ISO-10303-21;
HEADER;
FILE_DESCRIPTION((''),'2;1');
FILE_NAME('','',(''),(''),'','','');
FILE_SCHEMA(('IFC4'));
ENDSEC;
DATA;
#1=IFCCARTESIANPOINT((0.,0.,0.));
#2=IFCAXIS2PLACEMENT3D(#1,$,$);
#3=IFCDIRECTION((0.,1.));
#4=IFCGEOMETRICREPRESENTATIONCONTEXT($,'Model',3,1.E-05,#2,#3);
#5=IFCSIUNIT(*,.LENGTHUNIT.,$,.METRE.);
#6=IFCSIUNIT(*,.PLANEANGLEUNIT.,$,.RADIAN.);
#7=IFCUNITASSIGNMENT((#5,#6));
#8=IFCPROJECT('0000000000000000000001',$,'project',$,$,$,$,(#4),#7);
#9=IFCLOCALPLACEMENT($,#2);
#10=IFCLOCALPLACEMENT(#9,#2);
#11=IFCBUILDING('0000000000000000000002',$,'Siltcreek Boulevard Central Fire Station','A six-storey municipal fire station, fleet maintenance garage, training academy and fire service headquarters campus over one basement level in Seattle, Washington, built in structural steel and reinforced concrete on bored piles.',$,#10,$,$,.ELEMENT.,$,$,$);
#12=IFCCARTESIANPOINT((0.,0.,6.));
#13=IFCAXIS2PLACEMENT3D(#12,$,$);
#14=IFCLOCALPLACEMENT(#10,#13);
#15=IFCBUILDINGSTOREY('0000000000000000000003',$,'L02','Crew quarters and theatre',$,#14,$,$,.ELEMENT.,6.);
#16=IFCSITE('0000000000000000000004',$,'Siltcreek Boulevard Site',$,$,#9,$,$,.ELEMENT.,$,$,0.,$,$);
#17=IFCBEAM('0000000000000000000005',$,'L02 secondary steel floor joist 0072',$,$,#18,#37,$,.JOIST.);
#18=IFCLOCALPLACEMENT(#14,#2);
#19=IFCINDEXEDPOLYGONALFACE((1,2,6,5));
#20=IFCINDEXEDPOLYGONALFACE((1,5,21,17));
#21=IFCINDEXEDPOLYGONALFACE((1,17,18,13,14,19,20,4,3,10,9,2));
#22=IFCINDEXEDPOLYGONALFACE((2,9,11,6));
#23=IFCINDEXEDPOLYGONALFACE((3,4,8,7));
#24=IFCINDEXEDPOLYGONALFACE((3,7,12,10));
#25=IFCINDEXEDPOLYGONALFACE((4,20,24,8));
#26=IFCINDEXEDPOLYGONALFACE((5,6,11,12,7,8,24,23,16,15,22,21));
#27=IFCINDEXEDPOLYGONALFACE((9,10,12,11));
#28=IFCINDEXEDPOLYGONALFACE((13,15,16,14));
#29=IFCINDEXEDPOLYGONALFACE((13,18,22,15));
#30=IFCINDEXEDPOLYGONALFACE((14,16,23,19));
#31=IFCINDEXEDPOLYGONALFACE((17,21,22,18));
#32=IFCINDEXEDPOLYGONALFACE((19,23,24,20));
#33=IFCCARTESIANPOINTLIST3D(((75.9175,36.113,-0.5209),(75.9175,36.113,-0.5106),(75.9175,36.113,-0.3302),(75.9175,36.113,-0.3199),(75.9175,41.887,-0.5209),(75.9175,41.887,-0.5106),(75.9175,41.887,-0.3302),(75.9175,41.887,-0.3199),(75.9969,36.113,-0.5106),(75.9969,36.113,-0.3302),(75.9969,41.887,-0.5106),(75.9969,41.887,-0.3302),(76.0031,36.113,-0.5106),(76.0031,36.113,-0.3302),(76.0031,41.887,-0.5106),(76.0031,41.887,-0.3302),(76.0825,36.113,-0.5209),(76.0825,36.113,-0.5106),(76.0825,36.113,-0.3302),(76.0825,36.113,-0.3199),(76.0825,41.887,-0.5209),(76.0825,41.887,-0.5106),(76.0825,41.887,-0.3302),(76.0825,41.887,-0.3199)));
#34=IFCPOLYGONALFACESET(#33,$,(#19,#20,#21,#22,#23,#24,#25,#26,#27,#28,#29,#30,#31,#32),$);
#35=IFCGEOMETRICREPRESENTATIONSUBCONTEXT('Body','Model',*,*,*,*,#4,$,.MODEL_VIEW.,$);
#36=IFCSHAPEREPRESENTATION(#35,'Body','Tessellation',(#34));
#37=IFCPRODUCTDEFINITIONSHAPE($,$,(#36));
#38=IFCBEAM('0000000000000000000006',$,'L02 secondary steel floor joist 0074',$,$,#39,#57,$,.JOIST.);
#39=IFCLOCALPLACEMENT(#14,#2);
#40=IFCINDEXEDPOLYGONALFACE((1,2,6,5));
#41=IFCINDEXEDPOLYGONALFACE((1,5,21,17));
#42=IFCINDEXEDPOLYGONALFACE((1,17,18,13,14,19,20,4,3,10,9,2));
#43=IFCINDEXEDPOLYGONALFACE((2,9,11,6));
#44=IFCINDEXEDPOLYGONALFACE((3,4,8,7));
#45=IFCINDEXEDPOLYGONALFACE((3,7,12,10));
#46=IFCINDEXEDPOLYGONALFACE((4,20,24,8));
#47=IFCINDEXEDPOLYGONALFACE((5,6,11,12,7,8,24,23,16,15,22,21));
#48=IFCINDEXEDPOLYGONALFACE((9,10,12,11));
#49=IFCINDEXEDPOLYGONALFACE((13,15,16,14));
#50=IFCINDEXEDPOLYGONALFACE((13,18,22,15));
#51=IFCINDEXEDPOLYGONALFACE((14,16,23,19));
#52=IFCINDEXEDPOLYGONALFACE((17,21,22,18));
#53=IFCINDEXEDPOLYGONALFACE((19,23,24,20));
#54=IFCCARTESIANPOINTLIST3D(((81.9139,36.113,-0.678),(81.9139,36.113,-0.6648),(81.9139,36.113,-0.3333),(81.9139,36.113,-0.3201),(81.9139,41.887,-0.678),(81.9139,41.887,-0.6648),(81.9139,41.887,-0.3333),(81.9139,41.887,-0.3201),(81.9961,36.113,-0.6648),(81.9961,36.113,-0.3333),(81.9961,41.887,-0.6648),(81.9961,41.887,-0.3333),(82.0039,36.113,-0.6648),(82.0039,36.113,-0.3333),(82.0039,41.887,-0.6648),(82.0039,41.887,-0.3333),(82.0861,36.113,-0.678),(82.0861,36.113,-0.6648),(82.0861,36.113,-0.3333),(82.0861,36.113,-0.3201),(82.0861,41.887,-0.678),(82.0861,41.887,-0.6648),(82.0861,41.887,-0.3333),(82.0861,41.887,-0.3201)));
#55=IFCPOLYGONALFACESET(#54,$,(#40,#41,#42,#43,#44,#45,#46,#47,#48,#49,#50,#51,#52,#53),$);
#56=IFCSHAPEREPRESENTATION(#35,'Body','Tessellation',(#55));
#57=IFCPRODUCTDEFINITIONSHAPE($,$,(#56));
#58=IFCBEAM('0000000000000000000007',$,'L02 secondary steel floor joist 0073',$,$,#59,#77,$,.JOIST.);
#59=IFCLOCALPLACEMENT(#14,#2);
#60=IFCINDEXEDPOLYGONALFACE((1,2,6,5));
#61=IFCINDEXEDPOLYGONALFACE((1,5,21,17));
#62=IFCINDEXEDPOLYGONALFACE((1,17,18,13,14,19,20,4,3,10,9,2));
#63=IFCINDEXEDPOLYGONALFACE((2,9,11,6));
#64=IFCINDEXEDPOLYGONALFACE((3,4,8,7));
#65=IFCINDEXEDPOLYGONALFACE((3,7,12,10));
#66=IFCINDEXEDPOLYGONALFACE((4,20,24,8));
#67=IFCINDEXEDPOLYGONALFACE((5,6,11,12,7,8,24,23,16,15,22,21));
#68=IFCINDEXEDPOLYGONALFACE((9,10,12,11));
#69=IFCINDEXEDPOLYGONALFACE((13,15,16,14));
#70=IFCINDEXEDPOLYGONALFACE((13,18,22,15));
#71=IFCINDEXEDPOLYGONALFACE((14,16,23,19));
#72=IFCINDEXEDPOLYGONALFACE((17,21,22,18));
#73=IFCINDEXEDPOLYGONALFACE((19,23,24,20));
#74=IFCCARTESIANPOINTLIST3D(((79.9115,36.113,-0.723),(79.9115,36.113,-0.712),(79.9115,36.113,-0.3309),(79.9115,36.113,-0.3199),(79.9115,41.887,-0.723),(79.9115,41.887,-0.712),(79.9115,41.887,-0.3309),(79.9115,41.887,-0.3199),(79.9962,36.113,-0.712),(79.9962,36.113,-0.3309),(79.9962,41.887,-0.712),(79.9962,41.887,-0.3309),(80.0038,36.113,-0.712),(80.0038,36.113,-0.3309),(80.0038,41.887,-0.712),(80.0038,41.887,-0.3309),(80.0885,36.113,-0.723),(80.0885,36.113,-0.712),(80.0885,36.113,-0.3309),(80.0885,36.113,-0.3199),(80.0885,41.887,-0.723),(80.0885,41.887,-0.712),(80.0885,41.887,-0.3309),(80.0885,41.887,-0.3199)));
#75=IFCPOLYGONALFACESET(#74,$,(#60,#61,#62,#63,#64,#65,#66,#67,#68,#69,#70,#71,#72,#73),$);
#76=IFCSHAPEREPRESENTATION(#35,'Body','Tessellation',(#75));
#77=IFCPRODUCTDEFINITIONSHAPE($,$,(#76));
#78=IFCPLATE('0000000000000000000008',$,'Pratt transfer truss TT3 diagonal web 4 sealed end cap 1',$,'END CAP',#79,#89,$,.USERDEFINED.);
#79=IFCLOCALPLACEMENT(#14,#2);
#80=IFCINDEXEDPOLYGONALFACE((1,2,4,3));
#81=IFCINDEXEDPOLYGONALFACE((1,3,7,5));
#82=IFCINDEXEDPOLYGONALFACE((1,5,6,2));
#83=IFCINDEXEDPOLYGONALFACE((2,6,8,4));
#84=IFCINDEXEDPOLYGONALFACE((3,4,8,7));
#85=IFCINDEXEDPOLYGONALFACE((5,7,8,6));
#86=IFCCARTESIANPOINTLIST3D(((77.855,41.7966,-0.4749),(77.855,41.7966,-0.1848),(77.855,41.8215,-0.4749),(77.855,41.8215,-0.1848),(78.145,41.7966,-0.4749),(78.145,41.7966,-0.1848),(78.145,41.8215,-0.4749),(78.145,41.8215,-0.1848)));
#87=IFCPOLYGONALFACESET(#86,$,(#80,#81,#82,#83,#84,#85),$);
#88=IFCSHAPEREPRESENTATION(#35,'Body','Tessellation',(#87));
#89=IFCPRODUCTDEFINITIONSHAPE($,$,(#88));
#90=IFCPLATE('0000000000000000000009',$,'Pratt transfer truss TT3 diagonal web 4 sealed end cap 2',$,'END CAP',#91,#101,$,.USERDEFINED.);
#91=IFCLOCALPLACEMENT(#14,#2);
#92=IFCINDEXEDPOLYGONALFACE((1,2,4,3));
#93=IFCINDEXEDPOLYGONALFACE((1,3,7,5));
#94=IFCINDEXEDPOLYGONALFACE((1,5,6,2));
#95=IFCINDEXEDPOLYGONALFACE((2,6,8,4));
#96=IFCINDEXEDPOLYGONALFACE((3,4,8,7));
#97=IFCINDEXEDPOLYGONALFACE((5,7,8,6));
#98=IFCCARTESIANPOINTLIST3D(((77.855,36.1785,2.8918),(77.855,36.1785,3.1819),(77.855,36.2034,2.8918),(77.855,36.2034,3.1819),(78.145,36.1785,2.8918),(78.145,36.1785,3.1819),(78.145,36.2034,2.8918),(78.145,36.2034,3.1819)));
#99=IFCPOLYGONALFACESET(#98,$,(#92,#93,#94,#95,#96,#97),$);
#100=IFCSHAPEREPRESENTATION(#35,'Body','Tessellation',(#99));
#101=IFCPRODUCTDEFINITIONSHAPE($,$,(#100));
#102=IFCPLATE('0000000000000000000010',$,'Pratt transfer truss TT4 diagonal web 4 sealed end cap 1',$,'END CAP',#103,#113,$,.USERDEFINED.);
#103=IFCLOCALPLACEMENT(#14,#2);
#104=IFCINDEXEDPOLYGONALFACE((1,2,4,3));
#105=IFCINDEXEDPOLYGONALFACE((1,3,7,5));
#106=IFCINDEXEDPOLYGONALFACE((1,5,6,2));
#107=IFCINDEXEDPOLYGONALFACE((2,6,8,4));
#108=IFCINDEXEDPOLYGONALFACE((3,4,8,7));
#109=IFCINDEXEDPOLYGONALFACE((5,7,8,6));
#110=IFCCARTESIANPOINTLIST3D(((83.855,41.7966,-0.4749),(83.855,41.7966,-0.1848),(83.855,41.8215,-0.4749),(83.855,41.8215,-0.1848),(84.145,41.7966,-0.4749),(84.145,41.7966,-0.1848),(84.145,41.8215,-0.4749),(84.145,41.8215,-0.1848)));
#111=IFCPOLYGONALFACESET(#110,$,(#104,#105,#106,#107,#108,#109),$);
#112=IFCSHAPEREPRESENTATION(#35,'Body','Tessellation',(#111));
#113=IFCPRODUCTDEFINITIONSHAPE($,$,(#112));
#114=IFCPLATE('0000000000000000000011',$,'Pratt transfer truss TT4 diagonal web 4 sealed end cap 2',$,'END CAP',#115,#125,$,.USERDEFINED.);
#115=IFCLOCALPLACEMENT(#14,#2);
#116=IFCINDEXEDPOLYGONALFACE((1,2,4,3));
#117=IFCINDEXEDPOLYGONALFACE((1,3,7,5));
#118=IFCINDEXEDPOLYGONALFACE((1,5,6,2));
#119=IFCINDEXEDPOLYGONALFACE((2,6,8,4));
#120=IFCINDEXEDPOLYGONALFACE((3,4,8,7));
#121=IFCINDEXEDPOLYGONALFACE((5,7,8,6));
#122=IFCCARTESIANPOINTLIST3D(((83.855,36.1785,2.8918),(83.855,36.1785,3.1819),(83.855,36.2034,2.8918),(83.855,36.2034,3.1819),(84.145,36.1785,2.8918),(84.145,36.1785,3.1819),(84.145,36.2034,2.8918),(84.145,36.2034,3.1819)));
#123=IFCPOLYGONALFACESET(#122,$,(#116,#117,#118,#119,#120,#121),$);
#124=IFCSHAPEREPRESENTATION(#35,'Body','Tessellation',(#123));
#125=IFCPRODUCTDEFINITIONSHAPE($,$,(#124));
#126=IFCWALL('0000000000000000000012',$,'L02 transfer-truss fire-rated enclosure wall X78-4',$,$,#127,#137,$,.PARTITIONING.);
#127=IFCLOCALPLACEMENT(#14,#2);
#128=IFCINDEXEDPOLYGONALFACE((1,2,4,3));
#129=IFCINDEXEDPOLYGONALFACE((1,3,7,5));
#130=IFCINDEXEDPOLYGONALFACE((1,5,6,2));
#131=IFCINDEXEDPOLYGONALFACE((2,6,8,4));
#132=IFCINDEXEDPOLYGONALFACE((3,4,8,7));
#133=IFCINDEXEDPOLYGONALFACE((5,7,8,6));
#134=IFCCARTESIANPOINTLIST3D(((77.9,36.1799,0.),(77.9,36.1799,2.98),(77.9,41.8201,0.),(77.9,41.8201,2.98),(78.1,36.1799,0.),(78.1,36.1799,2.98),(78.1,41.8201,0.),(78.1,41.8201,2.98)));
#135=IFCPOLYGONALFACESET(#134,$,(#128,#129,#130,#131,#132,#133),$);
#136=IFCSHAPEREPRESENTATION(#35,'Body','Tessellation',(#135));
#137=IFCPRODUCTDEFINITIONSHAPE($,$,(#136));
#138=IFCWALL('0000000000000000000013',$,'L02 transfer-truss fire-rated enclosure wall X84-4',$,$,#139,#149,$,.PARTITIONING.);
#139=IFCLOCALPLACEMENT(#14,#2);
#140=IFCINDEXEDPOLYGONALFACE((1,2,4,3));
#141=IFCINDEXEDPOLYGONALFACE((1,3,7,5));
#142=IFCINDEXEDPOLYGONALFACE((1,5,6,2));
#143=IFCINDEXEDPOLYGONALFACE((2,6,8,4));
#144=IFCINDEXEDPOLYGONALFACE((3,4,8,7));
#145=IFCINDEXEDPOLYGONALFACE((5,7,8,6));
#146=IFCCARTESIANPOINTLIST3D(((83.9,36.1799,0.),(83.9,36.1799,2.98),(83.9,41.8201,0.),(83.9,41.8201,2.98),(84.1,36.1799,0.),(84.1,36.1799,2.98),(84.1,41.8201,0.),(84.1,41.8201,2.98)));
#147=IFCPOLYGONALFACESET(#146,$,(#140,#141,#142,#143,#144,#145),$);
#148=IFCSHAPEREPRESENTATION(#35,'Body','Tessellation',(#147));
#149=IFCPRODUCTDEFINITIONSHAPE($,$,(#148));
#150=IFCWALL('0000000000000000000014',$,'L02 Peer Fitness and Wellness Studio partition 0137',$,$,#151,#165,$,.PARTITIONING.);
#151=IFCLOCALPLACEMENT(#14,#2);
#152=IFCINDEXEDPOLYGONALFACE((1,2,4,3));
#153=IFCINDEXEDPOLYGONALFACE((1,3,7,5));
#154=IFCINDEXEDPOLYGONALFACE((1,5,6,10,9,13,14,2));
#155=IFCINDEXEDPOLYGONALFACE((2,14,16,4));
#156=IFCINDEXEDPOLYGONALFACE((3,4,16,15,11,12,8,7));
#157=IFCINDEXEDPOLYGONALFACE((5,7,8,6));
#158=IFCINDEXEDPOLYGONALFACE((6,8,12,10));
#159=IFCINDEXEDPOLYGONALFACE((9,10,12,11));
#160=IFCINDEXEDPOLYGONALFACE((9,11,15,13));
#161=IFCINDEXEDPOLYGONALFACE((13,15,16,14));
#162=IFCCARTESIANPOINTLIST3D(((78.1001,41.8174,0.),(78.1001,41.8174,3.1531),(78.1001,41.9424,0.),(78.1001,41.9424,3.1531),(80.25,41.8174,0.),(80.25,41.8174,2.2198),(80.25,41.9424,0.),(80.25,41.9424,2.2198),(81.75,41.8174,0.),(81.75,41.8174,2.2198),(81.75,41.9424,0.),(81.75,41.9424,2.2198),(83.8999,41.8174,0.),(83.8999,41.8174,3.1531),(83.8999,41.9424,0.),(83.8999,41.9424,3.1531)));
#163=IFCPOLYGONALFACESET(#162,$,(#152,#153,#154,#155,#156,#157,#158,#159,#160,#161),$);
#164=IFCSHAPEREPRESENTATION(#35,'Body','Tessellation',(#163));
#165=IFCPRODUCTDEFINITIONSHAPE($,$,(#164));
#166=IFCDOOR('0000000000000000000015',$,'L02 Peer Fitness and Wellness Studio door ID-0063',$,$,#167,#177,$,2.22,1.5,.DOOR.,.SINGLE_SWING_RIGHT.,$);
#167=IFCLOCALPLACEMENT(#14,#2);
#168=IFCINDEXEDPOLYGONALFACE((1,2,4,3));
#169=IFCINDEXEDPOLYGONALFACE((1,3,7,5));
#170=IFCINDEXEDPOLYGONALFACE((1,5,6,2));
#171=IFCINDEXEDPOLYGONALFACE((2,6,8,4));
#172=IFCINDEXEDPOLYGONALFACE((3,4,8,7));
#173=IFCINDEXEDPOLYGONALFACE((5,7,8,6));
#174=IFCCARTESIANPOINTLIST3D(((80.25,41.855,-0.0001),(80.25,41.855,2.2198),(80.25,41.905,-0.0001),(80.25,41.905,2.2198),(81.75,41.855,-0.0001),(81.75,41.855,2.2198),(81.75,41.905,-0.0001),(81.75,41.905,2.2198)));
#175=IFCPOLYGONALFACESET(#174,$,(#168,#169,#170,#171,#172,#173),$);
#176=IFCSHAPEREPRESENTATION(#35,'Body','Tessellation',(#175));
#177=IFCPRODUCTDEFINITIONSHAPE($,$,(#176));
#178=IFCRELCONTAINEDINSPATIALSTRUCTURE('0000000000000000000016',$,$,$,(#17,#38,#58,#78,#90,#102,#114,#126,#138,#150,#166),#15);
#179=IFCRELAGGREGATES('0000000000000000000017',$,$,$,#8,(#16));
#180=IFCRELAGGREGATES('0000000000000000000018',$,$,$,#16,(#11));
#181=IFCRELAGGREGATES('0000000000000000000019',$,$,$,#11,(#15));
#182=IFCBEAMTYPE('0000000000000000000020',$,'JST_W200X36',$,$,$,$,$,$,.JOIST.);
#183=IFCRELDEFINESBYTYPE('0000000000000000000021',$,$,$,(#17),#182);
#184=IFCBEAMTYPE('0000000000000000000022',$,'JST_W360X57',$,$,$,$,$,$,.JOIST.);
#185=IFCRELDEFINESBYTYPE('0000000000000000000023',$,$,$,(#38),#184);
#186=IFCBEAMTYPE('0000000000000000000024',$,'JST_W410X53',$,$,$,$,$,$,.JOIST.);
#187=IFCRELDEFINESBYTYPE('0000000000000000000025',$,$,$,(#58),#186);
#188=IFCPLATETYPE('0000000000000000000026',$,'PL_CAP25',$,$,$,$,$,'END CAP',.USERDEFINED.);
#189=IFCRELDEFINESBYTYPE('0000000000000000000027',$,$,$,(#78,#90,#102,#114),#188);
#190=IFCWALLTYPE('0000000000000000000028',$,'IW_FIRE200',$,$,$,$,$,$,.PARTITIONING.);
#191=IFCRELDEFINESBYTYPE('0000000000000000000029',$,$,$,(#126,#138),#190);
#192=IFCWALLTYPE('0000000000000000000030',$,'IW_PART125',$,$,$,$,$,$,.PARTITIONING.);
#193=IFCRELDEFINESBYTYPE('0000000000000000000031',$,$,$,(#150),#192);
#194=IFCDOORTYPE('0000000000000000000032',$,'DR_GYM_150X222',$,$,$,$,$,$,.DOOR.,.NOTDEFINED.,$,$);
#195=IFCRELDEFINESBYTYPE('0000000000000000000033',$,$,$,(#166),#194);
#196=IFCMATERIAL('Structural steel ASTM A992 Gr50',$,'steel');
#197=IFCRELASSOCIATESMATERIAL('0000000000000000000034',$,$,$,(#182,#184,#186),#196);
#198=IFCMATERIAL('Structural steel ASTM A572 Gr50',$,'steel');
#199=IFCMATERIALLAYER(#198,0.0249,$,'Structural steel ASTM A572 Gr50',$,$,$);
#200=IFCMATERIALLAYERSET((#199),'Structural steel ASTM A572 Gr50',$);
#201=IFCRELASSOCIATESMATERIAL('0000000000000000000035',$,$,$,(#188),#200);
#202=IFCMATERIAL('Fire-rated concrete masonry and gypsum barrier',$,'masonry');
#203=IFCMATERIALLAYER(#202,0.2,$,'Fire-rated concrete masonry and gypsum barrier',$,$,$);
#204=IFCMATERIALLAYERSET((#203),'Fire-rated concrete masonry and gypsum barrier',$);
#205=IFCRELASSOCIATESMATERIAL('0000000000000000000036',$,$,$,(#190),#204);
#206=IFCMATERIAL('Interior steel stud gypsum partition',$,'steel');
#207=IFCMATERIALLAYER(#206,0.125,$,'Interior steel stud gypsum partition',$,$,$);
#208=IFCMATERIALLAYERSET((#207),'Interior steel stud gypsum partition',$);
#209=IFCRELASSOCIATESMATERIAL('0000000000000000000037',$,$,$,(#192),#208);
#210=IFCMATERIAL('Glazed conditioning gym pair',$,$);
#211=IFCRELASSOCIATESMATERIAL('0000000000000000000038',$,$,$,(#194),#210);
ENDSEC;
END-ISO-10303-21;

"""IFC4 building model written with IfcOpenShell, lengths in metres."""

from ifc_helpers import new_model, si_unit, direction, frame, frame_2d, origin, origin_2d, place, context, subcontext, project, spatial, rectangle, i_section, extrude, material, layer, layer_set, material_profile, profile_set, type_object, element, fill, save


model = new_model("IFC4")

# Units and contexts
model_context = context("Model", 3, precision=1e-05, world=origin(), true_north=direction((0.0, 1.0)))
body_context = subcontext(model_context, "Body", "Model", "MODEL_VIEW")
ifc_project = project(units=[si_unit("LENGTHUNIT", "METRE"), si_unit("PLANEANGLEUNIT", "RADIAN")], contexts=[model_context])

# Site, building, storey
site_placement = place(None, origin())
site = spatial("IfcSite", under=ifc_project, at=site_placement, Name="Siltcreek Boulevard Site", CompositionType="ELEMENT", RefElevation=0.0)
building_placement = place(site_placement, origin())
building = spatial("IfcBuilding", under=site, at=building_placement, Name="Siltcreek Boulevard Central Fire Station", Description="A six-storey municipal fire station, fleet maintenance garage, training academy and fire service headquarters campus over one basement level in Seattle, Washington, built in structural steel and reinforced concrete on bored piles.", CompositionType="ELEMENT")
storey_placement = place(building_placement, frame((0.0, 0.0, 6.0)))
storey = spatial("IfcBuildingStorey", under=building, at=storey_placement, Name="L02", Description="Crew quarters and theatre", CompositionType="ELEMENT", Elevation=6.0)

# Shared definitions
ifc_material_1 = material(Name="Structural steel ASTM A992 Gr50", Category="steel")

# Beams
ifc_material_profile_1 = material_profile(ifc_material_1, i_section(OverallWidth=0.165, OverallDepth=0.2009, WebThickness=0.0061, FlangeThickness=0.0103, at=origin_2d()), Name="W200X36")
ifc_profile_set_1 = profile_set([ifc_material_profile_1], Name="Structural steel ASTM A992 Gr50")
beam_type_1 = type_object("IfcBeamType", Name="JST_W200X36", PredefinedType="JOIST", material=ifc_profile_set_1)
beam_1_placement = place(storey_placement, frame((76.0, 36.113, -0.4204), z_axis=(0.0, 1.0, 0.0), x_axis=(-1.0, 0.0, 0.0)))
element("IfcBeam", 1, at=beam_1_placement, inside=storey, type_object=beam_type_1, Name="L02 secondary steel floor joist 0072", PredefinedType="JOIST", context=body_context, shape_type="SweptSolid", body=[
    extrude(i_section(OverallWidth=0.165, OverallDepth=0.2009, WebThickness=0.0061, FlangeThickness=0.0103, at=origin_2d()), origin(), (0.0, 0.0, 1.0), 5.7739),
])
ifc_material_profile_2 = material_profile(ifc_material_1, i_section(OverallWidth=0.1721, OverallDepth=0.3579, WebThickness=0.0078, FlangeThickness=0.0132, at=origin_2d()), Name="W360X57")
ifc_profile_set_2 = profile_set([ifc_material_profile_2], Name="Structural steel ASTM A992 Gr50")
beam_type_2 = type_object("IfcBeamType", Name="JST_W360X57", PredefinedType="JOIST", material=ifc_profile_set_2)
beam_2_placement = place(storey_placement, frame((82.0, 36.113, -0.499), z_axis=(0.0, 1.0, 0.0), x_axis=(-1.0, 0.0, 0.0)))
element("IfcBeam", 2, at=beam_2_placement, inside=storey, type_object=beam_type_2, Name="L02 secondary steel floor joist 0074", PredefinedType="JOIST", context=body_context, shape_type="SweptSolid", body=[
    extrude(i_section(OverallWidth=0.1721, OverallDepth=0.3579, WebThickness=0.0078, FlangeThickness=0.0132, at=origin_2d()), origin(), (0.0, 0.0, 1.0), 5.7739),
])
ifc_material_profile_3 = material_profile(ifc_material_1, i_section(OverallWidth=0.177, OverallDepth=0.4031, WebThickness=0.0076, FlangeThickness=0.011, at=origin_2d()), Name="W410X53")
ifc_profile_set_3 = profile_set([ifc_material_profile_3], Name="Structural steel ASTM A992 Gr50")
beam_type_3 = type_object("IfcBeamType", Name="JST_W410X53", PredefinedType="JOIST", material=ifc_profile_set_3)
beam_3_placement = place(storey_placement, frame((80.0, 36.113, -0.5215), z_axis=(0.0, 1.0, 0.0), x_axis=(-1.0, 0.0, 0.0)))
element("IfcBeam", 3, at=beam_3_placement, inside=storey, type_object=beam_type_3, Name="L02 secondary steel floor joist 0073", PredefinedType="JOIST", context=body_context, shape_type="SweptSolid", body=[
    extrude(i_section(OverallWidth=0.177, OverallDepth=0.4031, WebThickness=0.0076, FlangeThickness=0.011, at=origin_2d()), origin(), (0.0, 0.0, 1.0), 5.7739),
])

# Plates
ifc_material_2 = material(Name="Structural steel ASTM A572 Gr50", Category="steel")
ifc_layer_1 = layer(ifc_material_2, 0.0249, Name="Structural steel ASTM A572 Gr50")
ifc_layer_set_1 = layer_set([ifc_layer_1], Name="Structural steel ASTM A572 Gr50")
plate_type = type_object("IfcPlateType", Name="PL_CAP25", ElementType="END CAP", PredefinedType="USERDEFINED", material=ifc_layer_set_1)
for number, where, z_axis, x_axis, name in (
    (4, (78.0, 41.8091, -0.4749), (0.0, 0.0, 1.0), (0.0, -1.0, 0.0), "Pratt transfer truss TT3 diagonal web 4 sealed end cap 1"),
    (5, (78.0, 36.1909, 2.8918), (0.0, 0.0, 1.0), (0.0, -1.0, 0.0), "Pratt transfer truss TT3 diagonal web 4 sealed end cap 2"),
    (6, (84.0, 41.8091, -0.4749), (0.0, 0.0, 1.0), (0.0, -1.0, 0.0), "Pratt transfer truss TT4 diagonal web 4 sealed end cap 1"),
    (7, (84.0, 36.1909, 2.8918), (0.0, 0.0, 1.0), (0.0, -1.0, 0.0), "Pratt transfer truss TT4 diagonal web 4 sealed end cap 2"),
):
    element("IfcPlate", number, at=place(storey_placement, frame(where, z_axis=z_axis, x_axis=x_axis)), inside=storey, type_object=plate_type, Name=name, ObjectType="END CAP", PredefinedType="USERDEFINED", context=body_context, shape_type="SweptSolid", body=[
        extrude(rectangle(XDim=0.0249, YDim=0.29, at=origin_2d()), origin(), (0.0, 0.0, 1.0), 0.29),
    ])

# Walls
ifc_material_3 = material(Name="Fire-rated concrete masonry and gypsum barrier", Category="masonry")
ifc_layer_2 = layer(ifc_material_3, 0.2, Name="Fire-rated concrete masonry and gypsum barrier")
ifc_layer_set_2 = layer_set([ifc_layer_2], Name="Fire-rated concrete masonry and gypsum barrier")
wall_type_1 = type_object("IfcWallType", Name="IW_FIRE200", PredefinedType="PARTITIONING", material=ifc_layer_set_2)
for number, where, z_axis, x_axis, name in (
    (8, (78.0, 36.1799, 0.0), (0.0, 0.0, 1.0), (0.0, 1.0, 0.0), "L02 transfer-truss fire-rated enclosure wall X78-4"),
    (9, (84.0, 36.1799, 0.0), (0.0, 0.0, 1.0), (0.0, 1.0, 0.0), "L02 transfer-truss fire-rated enclosure wall X84-4"),
):
    element("IfcWall", number, at=place(storey_placement, frame(where, z_axis=z_axis, x_axis=x_axis)), inside=storey, type_object=wall_type_1, Name=name, PredefinedType="PARTITIONING", context=body_context, shape_type="SweptSolid", body=[
        extrude(rectangle(XDim=5.6401, YDim=0.2, at=frame_2d((2.8201, 0.0))), origin(), (0.0, 0.0, 1.0), 2.98),
    ])

# Wall, opening, door
ifc_material_4 = material(Name="Interior steel stud gypsum partition", Category="steel")
ifc_layer_3 = layer(ifc_material_4, 0.125, Name="Interior steel stud gypsum partition")
ifc_layer_set_3 = layer_set([ifc_layer_3], Name="Interior steel stud gypsum partition")
wall_type_2 = type_object("IfcWallType", Name="IW_PART125", PredefinedType="PARTITIONING", material=ifc_layer_set_3)
wall_1_placement = place(storey_placement, frame((78.1001, 41.8799, 0.0), z_axis=(0.0, 0.0, 1.0), x_axis=(1.0, 0.0, 0.0)))
wall_1 = element("IfcWall", 10, at=wall_1_placement, inside=storey, type_object=wall_type_2, Name="L02 Peer Fitness and Wellness Studio partition 0137", PredefinedType="PARTITIONING", context=body_context, shape_type="SweptSolid", body=[
    extrude(rectangle(XDim=5.7998, YDim=0.125, at=frame_2d((2.8999, 0.0))), origin(), (0.0, 0.0, 1.0), 3.1531),
])
opening_1_placement = place(wall_1_placement, frame((2.1499, 0.0, 0.0)))
opening_1 = element("IfcOpeningElement", 11, at=opening_1_placement, cuts=wall_1, PredefinedType="OPENING", context=body_context, shape_type="SweptSolid", body=[
    extrude(rectangle(XDim=1.5, YDim=2.22, at=frame_2d((0.75, 1.1099))), frame((0.0, 0.0725, 0.0), z_axis=(0.0, -1.0, 0.0), x_axis=(1.0, 0.0, 0.0)), (0.0, 0.0, 1.0), 0.145),
])
ifc_material_5 = material(Name="Glazed conditioning gym pair")
door_type_1 = type_object("IfcDoorType", Name="DR_GYM_150X222", OperationType="NOTDEFINED", PredefinedType="DOOR", material=ifc_material_5)
door_1_placement = place(opening_1_placement, frame((1.5, 0.0, 0.0), z_axis=(0.0, 0.0, 1.0), x_axis=(-1.0, 0.0, 0.0)))
door_1 = element("IfcDoor", 12, at=door_1_placement, inside=storey, type_object=door_type_1, Name="L02 Peer Fitness and Wellness Studio door ID-0063", OperationType="SINGLE_SWING_RIGHT", OverallHeight=2.22, OverallWidth=1.5, PredefinedType="DOOR", context=body_context, shape_type="SweptSolid", body=[
    extrude(rectangle(XDim=1.5, YDim=2.22, at=frame_2d((0.75, 1.1099))), frame((0.0, 0.0249, 0.0), z_axis=(0.0, -1.0, 0.0), x_axis=(1.0, 0.0, 0.0)), (0.0, 0.0, 1.0), 0.05),
])
fill(opening_1, door_1)

save(model, "model.ifc")
